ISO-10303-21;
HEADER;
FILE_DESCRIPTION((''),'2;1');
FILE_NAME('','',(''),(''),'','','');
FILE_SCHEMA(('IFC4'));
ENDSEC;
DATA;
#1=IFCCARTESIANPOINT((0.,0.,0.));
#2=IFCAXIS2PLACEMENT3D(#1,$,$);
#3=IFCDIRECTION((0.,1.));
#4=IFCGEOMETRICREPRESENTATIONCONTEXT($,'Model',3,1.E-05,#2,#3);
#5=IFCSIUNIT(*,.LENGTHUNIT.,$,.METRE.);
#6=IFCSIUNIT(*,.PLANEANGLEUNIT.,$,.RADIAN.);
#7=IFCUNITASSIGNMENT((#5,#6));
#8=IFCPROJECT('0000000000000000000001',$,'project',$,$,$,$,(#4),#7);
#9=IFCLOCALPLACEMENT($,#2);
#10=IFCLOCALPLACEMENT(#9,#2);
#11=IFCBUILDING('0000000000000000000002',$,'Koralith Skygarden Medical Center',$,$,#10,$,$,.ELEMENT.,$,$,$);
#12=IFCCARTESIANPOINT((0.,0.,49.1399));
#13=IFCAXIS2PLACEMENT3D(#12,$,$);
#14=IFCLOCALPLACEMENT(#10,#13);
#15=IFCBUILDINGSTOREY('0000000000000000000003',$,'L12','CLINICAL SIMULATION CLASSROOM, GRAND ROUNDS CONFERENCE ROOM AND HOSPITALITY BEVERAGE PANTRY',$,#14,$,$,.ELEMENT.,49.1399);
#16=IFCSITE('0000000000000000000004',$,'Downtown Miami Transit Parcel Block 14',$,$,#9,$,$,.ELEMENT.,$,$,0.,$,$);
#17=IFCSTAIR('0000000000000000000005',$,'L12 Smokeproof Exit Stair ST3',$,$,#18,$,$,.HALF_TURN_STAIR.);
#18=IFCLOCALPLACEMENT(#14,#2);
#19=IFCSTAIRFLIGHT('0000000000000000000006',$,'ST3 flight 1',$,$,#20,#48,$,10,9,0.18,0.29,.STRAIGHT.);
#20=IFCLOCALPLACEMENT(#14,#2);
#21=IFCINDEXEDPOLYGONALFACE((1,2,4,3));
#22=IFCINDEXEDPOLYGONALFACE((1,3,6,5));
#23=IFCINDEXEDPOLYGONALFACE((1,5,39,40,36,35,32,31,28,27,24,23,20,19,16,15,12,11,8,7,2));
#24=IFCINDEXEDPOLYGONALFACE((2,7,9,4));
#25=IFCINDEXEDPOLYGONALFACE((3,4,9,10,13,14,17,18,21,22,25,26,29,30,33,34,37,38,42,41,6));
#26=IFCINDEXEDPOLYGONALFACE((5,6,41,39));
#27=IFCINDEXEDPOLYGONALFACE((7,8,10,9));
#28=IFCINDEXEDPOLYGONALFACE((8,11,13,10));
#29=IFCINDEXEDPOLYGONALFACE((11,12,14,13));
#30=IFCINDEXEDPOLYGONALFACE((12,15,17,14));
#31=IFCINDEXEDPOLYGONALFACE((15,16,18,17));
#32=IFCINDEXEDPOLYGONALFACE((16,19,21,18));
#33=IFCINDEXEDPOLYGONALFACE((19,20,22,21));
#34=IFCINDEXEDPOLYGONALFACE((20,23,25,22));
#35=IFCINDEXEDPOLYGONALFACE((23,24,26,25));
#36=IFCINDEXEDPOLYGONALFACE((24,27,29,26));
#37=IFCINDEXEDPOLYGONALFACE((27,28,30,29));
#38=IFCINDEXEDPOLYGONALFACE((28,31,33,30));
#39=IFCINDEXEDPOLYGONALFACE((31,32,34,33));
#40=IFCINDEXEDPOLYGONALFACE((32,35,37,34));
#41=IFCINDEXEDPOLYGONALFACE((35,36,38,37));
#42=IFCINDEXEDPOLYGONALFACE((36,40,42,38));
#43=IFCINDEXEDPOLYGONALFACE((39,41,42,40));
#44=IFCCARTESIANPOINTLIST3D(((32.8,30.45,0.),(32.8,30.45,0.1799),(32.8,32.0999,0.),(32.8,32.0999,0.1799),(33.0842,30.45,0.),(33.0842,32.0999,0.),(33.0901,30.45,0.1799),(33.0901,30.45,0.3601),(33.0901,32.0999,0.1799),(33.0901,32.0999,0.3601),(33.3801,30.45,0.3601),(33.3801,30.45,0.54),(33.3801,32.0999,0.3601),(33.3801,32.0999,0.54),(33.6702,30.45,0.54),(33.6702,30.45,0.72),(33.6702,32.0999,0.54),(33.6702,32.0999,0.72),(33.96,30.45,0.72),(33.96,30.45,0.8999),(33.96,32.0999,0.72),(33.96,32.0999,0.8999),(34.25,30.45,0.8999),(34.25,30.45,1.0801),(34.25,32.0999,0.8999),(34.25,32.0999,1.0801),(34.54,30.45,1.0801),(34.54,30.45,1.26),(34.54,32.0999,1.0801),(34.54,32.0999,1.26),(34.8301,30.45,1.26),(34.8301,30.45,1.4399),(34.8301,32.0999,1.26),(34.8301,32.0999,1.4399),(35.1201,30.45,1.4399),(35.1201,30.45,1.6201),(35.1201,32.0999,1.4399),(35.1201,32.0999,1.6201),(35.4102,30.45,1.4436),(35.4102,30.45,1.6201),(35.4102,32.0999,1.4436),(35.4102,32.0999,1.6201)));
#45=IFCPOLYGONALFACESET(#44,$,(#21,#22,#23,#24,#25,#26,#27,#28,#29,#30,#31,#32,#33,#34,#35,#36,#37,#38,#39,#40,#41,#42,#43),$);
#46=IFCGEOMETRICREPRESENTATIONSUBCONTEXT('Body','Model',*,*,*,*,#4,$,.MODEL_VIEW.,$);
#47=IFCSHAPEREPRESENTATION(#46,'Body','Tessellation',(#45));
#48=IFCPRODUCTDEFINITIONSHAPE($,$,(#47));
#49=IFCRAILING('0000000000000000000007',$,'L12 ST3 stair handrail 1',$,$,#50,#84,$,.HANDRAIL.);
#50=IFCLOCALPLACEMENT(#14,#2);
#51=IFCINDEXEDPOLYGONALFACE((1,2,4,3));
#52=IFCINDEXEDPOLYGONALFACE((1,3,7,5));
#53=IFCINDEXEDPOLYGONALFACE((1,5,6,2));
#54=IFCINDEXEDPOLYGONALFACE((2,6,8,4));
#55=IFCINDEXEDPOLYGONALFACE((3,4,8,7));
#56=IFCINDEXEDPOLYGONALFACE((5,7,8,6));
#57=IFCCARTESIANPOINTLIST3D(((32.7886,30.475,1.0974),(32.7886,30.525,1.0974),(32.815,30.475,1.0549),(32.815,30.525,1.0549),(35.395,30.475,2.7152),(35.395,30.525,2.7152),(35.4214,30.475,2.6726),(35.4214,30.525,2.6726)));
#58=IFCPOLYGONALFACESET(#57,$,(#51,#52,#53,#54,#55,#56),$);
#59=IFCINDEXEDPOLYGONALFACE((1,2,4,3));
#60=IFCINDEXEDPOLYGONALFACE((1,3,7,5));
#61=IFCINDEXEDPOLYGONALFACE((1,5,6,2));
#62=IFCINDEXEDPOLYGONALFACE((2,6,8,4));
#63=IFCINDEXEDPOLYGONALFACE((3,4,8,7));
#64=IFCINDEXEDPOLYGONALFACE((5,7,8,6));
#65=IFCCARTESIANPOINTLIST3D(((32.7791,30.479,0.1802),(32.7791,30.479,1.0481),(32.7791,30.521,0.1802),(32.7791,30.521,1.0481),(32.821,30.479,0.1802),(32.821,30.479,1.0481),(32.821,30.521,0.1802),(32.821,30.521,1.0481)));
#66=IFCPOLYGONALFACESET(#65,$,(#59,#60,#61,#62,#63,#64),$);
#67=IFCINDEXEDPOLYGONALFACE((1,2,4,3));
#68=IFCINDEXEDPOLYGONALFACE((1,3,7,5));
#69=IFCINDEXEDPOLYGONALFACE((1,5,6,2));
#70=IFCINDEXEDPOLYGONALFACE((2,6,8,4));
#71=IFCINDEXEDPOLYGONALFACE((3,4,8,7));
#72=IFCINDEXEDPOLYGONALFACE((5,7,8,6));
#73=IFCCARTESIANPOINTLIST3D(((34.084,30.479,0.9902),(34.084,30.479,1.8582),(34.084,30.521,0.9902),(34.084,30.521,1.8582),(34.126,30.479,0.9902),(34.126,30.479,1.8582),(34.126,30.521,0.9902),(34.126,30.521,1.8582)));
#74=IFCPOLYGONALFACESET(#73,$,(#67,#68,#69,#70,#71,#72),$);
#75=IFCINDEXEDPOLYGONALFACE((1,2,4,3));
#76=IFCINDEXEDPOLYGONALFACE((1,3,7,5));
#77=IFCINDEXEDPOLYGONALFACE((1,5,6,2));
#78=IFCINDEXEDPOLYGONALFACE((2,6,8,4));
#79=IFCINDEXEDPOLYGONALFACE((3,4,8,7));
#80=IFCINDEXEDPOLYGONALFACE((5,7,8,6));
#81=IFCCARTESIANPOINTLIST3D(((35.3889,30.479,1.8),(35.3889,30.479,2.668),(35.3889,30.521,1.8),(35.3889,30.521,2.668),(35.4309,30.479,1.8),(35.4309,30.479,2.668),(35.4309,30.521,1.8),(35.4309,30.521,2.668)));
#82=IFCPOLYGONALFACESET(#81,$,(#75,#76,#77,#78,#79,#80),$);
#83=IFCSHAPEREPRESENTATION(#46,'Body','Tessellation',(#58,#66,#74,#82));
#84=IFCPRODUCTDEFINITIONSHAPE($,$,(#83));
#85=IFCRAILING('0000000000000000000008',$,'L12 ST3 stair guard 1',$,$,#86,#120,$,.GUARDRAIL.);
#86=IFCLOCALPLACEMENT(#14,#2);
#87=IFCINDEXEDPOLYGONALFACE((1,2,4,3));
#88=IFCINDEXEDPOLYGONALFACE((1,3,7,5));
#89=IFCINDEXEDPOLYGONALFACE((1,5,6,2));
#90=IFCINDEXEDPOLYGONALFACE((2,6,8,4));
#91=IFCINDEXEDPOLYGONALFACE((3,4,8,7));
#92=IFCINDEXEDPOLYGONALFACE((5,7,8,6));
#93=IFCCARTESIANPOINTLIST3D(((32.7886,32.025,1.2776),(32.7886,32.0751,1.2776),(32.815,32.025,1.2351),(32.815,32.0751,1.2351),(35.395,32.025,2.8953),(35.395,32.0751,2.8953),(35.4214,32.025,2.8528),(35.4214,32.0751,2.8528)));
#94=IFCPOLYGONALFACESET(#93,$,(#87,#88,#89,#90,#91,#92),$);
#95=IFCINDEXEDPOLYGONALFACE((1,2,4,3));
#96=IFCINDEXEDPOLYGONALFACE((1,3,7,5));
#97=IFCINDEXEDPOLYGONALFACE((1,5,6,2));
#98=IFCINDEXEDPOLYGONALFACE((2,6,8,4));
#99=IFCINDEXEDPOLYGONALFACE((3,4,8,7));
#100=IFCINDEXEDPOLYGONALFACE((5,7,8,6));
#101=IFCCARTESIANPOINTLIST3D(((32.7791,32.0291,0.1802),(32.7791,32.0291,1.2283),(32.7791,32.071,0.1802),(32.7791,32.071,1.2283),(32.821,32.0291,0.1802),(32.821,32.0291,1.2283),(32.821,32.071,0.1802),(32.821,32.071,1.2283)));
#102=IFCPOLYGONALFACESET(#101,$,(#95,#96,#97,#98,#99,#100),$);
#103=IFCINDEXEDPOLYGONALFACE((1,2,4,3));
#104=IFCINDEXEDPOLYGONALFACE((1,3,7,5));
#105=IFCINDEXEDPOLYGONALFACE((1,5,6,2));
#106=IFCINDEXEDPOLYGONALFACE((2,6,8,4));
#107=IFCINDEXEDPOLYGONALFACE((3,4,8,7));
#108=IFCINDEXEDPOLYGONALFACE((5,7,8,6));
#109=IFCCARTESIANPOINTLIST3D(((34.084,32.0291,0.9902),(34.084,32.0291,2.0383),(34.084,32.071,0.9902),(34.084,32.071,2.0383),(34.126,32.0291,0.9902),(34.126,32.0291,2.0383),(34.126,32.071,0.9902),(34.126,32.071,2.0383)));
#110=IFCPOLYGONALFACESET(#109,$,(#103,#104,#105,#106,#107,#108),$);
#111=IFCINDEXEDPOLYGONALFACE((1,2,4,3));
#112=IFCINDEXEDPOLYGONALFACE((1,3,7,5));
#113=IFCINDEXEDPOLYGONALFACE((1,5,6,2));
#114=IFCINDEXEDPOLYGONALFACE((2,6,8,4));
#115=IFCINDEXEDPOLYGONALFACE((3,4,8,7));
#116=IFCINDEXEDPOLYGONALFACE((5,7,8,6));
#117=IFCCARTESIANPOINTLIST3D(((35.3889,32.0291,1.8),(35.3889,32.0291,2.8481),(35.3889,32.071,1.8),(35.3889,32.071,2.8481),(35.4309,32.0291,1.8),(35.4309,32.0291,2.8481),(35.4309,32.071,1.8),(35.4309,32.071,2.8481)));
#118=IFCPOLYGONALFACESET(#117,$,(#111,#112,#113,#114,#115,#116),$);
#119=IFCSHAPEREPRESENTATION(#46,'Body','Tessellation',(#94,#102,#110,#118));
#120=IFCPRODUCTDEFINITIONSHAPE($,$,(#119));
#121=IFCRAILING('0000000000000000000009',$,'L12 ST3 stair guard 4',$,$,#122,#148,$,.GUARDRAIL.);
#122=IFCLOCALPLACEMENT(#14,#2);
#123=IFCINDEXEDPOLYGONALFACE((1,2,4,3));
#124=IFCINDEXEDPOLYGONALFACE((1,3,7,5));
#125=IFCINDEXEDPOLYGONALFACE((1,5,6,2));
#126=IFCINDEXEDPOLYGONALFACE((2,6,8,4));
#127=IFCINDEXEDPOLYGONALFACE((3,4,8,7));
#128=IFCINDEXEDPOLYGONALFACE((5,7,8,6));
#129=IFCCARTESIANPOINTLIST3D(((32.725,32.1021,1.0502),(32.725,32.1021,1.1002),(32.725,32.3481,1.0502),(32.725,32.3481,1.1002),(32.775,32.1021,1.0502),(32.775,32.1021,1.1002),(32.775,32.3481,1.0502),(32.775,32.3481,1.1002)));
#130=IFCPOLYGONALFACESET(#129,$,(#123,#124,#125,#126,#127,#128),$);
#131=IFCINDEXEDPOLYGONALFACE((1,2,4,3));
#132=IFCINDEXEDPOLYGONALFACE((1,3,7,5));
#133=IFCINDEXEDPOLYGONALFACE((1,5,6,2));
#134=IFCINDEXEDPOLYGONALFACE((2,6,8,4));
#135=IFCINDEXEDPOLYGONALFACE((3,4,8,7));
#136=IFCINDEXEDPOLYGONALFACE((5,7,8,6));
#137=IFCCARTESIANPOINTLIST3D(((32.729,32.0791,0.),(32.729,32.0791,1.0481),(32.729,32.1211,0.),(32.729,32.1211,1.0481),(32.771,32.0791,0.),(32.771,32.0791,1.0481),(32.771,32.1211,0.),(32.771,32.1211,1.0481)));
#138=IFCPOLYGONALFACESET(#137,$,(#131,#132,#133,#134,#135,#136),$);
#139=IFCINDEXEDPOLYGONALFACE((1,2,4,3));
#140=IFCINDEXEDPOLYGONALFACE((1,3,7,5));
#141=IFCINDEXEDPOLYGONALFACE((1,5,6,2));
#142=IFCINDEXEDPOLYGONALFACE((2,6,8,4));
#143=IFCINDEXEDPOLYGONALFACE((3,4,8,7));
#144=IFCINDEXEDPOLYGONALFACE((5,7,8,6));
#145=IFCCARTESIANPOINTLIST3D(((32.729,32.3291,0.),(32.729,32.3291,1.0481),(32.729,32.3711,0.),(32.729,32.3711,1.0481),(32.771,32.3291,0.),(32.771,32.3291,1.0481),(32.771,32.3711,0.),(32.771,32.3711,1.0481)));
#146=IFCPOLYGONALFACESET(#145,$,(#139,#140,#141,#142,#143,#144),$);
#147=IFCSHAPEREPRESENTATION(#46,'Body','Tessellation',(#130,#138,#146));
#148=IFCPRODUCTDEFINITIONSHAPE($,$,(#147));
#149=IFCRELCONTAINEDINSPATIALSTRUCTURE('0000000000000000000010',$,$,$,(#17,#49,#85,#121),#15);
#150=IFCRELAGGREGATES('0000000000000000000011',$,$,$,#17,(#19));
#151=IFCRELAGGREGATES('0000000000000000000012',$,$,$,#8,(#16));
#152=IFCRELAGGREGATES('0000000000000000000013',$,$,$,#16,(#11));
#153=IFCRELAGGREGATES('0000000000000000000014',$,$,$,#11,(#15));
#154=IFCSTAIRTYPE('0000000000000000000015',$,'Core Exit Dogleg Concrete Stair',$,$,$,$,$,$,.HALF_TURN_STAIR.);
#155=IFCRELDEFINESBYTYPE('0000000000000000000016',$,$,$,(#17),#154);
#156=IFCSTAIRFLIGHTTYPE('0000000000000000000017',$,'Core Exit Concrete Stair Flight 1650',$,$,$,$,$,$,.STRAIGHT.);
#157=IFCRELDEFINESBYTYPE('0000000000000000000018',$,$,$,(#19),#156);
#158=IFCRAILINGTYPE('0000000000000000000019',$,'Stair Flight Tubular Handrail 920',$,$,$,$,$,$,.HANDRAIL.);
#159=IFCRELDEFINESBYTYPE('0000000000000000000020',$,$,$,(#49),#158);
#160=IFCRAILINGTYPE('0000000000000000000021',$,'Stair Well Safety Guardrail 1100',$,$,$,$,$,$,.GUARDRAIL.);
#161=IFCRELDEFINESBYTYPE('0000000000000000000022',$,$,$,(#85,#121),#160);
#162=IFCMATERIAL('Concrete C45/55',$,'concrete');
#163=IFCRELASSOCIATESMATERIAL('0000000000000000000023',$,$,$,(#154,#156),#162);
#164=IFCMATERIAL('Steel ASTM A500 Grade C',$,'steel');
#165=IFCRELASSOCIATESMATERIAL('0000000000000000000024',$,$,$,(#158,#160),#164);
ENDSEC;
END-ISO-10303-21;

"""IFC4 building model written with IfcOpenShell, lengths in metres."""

from ifc_helpers import new_model, si_unit, direction, frame, origin, origin_2d, place, context, subcontext, project, spatial, polyline, rectangle, outline, extrude, material, type_object, element, aggregate, save


model = new_model("IFC4")

# Units and contexts
model_context = context("Model", 3, precision=1e-05, world=origin(), true_north=direction((0.0, 1.0)))
body_context = subcontext(model_context, "Body", "Model", "MODEL_VIEW")
ifc_project = project(units=[si_unit("LENGTHUNIT", "METRE"), si_unit("PLANEANGLEUNIT", "RADIAN")], contexts=[model_context])

# Site, building, storey
site_placement = place(None, origin())
site = spatial("IfcSite", under=ifc_project, at=site_placement, Name="Downtown Miami Transit Parcel Block 14", CompositionType="ELEMENT", RefElevation=0.0)
building_placement = place(site_placement, origin())
building = spatial("IfcBuilding", under=site, at=building_placement, Name="Koralith Skygarden Medical Center", CompositionType="ELEMENT")
storey_placement = place(building_placement, frame((0.0, 0.0, 49.1399)))
storey = spatial("IfcBuildingStorey", under=building, at=storey_placement, Name="L12", Description="CLINICAL SIMULATION CLASSROOM, GRAND ROUNDS CONFERENCE ROOM AND HOSPITALITY BEVERAGE PANTRY", CompositionType="ELEMENT", Elevation=49.1399)

# Shared definitions
ifc_material_1 = material(Name="Concrete C45/55", Category="concrete")

# Stair, stair flight
stair_type = type_object("IfcStairType", Name="Core Exit Dogleg Concrete Stair", PredefinedType="HALF_TURN_STAIR", material=ifc_material_1)
stair_placement = place(storey_placement, origin())
stair = element("IfcStair", 1, at=stair_placement, inside=storey, type_object=stair_type, Name="L12 Smokeproof Exit Stair ST3", PredefinedType="HALF_TURN_STAIR")
stair_flight_type = type_object("IfcStairFlightType", Name="Core Exit Concrete Stair Flight 1650", PredefinedType="STRAIGHT", material=ifc_material_1)
stair_flight_placement = place(storey_placement, frame((32.8, 31.2749, 0.0), z_axis=(0.0, 0.0, 1.0), x_axis=(1.0, 0.0, 0.0)))
stair_flight = element("IfcStairFlight", 2, at=stair_flight_placement, type_object=stair_flight_type, Name="ST3 flight 1", NumberOfRisers=10, NumberOfTreads=9, PredefinedType="STRAIGHT", RiserHeight=0.18, TreadLength=0.29, context=body_context, shape_type="SweptSolid", body=[
    extrude(outline(polyline([(0.0, 0.0), (0.0, 0.1799), (0.29, 0.1799), (0.29, 0.3601), (0.5801, 0.3601), (0.5801, 0.54), (0.8701, 0.54), (0.8701, 0.72), (1.1599, 0.72), (1.1599, 0.8999), (1.45, 0.8999), (1.45, 1.0801), (1.74, 1.0801), (1.74, 1.26), (2.03, 1.26), (2.03, 1.4399), (2.3201, 1.4399), (2.3201, 1.6201), (2.6101, 1.6201), (2.6101, 1.8), (2.6101, 1.4436), (0.2842, 0.0), (0.0, 0.0)])), frame((0.0, 0.825, 0.0), z_axis=(0.0, -1.0, 0.0), x_axis=(1.0, 0.0, 0.0)), (0.0, 0.0, 1.0), 1.6499),
])
aggregate(stair, [stair_flight])

# Railings
ifc_material_2 = material(Name="Steel ASTM A500 Grade C", Category="steel")
railing_type_1 = type_object("IfcRailingType", Name="Stair Flight Tubular Handrail 920", PredefinedType="HANDRAIL", material=ifc_material_2)
railing_1_placement = place(storey_placement, frame((32.8, 30.5, 0.1802)))
element("IfcRailing", 3, at=railing_1_placement, inside=storey, type_object=railing_type_1, Name="L12 ST3 stair handrail 1", PredefinedType="HANDRAIL", context=body_context, shape_type="SweptSolid", body=[
    extrude(rectangle(XDim=0.05, YDim=0.05, at=origin_2d()), frame((0.0017, 0.0, 0.896), z_axis=(0.849646, 0.0, 0.527353), x_axis=(0.0, 1.0, 0.0)), (0.0, 0.0, 1.0), 3.0676),
    extrude(rectangle(XDim=0.042, YDim=0.042, at=origin_2d()), origin(), (0.0, 0.0, 1.0), 0.8679),
    extrude(rectangle(XDim=0.042, YDim=0.042, at=origin_2d()), frame((1.3049, 0.0, 0.8101)), (0.0, 0.0, 1.0), 0.8679),
    extrude(rectangle(XDim=0.042, YDim=0.042, at=origin_2d()), frame((2.6099, 0.0, 1.6199)), (0.0, 0.0, 1.0), 0.8679),
])
railing_type_2 = type_object("IfcRailingType", Name="Stair Well Safety Guardrail 1100", PredefinedType="GUARDRAIL", material=ifc_material_2)
railing_2_placement = place(storey_placement, frame((32.8, 32.05, 0.1802)))
element("IfcRailing", 4, at=railing_2_placement, inside=storey, type_object=railing_type_2, Name="L12 ST3 stair guard 1", PredefinedType="GUARDRAIL", context=body_context, shape_type="SweptSolid", body=[
    extrude(rectangle(XDim=0.05, YDim=0.05, at=origin_2d()), frame((0.0017, 0.0, 1.0762), z_axis=(0.849646, 0.0, 0.527353), x_axis=(0.0, 1.0, 0.0)), (0.0, 0.0, 1.0), 3.0676),
    extrude(rectangle(XDim=0.042, YDim=0.042, at=origin_2d()), origin(), (0.0, 0.0, 1.0), 1.0481),
    extrude(rectangle(XDim=0.042, YDim=0.042, at=origin_2d()), frame((1.3049, 0.0, 0.8101)), (0.0, 0.0, 1.0), 1.0481),
    extrude(rectangle(XDim=0.042, YDim=0.042, at=origin_2d()), frame((2.6099, 0.0, 1.6199)), (0.0, 0.0, 1.0), 1.0481),
])
railing_3_placement = place(storey_placement, frame((32.75, 32.1001, 0.0)))
element("IfcRailing", 5, at=railing_3_placement, inside=storey, type_object=railing_type_2, Name="L12 ST3 stair guard 4", PredefinedType="GUARDRAIL", context=body_context, shape_type="SweptSolid", body=[
    extrude(rectangle(XDim=0.05, YDim=0.05, at=origin_2d()), frame((0.0, 0.002, 1.0752), z_axis=(0.0, 1.0, 0.0), x_axis=(-1.0, 0.0, 0.0)), (0.0, 0.0, 1.0), 0.2461),
    extrude(rectangle(XDim=0.042, YDim=0.042, at=origin_2d()), origin(), (0.0, 0.0, 1.0), 1.0481),
    extrude(rectangle(XDim=0.042, YDim=0.042, at=origin_2d()), frame((0.0, 0.25, 0.0)), (0.0, 0.0, 1.0), 1.0481),
])

save(model, "model.ifc")
